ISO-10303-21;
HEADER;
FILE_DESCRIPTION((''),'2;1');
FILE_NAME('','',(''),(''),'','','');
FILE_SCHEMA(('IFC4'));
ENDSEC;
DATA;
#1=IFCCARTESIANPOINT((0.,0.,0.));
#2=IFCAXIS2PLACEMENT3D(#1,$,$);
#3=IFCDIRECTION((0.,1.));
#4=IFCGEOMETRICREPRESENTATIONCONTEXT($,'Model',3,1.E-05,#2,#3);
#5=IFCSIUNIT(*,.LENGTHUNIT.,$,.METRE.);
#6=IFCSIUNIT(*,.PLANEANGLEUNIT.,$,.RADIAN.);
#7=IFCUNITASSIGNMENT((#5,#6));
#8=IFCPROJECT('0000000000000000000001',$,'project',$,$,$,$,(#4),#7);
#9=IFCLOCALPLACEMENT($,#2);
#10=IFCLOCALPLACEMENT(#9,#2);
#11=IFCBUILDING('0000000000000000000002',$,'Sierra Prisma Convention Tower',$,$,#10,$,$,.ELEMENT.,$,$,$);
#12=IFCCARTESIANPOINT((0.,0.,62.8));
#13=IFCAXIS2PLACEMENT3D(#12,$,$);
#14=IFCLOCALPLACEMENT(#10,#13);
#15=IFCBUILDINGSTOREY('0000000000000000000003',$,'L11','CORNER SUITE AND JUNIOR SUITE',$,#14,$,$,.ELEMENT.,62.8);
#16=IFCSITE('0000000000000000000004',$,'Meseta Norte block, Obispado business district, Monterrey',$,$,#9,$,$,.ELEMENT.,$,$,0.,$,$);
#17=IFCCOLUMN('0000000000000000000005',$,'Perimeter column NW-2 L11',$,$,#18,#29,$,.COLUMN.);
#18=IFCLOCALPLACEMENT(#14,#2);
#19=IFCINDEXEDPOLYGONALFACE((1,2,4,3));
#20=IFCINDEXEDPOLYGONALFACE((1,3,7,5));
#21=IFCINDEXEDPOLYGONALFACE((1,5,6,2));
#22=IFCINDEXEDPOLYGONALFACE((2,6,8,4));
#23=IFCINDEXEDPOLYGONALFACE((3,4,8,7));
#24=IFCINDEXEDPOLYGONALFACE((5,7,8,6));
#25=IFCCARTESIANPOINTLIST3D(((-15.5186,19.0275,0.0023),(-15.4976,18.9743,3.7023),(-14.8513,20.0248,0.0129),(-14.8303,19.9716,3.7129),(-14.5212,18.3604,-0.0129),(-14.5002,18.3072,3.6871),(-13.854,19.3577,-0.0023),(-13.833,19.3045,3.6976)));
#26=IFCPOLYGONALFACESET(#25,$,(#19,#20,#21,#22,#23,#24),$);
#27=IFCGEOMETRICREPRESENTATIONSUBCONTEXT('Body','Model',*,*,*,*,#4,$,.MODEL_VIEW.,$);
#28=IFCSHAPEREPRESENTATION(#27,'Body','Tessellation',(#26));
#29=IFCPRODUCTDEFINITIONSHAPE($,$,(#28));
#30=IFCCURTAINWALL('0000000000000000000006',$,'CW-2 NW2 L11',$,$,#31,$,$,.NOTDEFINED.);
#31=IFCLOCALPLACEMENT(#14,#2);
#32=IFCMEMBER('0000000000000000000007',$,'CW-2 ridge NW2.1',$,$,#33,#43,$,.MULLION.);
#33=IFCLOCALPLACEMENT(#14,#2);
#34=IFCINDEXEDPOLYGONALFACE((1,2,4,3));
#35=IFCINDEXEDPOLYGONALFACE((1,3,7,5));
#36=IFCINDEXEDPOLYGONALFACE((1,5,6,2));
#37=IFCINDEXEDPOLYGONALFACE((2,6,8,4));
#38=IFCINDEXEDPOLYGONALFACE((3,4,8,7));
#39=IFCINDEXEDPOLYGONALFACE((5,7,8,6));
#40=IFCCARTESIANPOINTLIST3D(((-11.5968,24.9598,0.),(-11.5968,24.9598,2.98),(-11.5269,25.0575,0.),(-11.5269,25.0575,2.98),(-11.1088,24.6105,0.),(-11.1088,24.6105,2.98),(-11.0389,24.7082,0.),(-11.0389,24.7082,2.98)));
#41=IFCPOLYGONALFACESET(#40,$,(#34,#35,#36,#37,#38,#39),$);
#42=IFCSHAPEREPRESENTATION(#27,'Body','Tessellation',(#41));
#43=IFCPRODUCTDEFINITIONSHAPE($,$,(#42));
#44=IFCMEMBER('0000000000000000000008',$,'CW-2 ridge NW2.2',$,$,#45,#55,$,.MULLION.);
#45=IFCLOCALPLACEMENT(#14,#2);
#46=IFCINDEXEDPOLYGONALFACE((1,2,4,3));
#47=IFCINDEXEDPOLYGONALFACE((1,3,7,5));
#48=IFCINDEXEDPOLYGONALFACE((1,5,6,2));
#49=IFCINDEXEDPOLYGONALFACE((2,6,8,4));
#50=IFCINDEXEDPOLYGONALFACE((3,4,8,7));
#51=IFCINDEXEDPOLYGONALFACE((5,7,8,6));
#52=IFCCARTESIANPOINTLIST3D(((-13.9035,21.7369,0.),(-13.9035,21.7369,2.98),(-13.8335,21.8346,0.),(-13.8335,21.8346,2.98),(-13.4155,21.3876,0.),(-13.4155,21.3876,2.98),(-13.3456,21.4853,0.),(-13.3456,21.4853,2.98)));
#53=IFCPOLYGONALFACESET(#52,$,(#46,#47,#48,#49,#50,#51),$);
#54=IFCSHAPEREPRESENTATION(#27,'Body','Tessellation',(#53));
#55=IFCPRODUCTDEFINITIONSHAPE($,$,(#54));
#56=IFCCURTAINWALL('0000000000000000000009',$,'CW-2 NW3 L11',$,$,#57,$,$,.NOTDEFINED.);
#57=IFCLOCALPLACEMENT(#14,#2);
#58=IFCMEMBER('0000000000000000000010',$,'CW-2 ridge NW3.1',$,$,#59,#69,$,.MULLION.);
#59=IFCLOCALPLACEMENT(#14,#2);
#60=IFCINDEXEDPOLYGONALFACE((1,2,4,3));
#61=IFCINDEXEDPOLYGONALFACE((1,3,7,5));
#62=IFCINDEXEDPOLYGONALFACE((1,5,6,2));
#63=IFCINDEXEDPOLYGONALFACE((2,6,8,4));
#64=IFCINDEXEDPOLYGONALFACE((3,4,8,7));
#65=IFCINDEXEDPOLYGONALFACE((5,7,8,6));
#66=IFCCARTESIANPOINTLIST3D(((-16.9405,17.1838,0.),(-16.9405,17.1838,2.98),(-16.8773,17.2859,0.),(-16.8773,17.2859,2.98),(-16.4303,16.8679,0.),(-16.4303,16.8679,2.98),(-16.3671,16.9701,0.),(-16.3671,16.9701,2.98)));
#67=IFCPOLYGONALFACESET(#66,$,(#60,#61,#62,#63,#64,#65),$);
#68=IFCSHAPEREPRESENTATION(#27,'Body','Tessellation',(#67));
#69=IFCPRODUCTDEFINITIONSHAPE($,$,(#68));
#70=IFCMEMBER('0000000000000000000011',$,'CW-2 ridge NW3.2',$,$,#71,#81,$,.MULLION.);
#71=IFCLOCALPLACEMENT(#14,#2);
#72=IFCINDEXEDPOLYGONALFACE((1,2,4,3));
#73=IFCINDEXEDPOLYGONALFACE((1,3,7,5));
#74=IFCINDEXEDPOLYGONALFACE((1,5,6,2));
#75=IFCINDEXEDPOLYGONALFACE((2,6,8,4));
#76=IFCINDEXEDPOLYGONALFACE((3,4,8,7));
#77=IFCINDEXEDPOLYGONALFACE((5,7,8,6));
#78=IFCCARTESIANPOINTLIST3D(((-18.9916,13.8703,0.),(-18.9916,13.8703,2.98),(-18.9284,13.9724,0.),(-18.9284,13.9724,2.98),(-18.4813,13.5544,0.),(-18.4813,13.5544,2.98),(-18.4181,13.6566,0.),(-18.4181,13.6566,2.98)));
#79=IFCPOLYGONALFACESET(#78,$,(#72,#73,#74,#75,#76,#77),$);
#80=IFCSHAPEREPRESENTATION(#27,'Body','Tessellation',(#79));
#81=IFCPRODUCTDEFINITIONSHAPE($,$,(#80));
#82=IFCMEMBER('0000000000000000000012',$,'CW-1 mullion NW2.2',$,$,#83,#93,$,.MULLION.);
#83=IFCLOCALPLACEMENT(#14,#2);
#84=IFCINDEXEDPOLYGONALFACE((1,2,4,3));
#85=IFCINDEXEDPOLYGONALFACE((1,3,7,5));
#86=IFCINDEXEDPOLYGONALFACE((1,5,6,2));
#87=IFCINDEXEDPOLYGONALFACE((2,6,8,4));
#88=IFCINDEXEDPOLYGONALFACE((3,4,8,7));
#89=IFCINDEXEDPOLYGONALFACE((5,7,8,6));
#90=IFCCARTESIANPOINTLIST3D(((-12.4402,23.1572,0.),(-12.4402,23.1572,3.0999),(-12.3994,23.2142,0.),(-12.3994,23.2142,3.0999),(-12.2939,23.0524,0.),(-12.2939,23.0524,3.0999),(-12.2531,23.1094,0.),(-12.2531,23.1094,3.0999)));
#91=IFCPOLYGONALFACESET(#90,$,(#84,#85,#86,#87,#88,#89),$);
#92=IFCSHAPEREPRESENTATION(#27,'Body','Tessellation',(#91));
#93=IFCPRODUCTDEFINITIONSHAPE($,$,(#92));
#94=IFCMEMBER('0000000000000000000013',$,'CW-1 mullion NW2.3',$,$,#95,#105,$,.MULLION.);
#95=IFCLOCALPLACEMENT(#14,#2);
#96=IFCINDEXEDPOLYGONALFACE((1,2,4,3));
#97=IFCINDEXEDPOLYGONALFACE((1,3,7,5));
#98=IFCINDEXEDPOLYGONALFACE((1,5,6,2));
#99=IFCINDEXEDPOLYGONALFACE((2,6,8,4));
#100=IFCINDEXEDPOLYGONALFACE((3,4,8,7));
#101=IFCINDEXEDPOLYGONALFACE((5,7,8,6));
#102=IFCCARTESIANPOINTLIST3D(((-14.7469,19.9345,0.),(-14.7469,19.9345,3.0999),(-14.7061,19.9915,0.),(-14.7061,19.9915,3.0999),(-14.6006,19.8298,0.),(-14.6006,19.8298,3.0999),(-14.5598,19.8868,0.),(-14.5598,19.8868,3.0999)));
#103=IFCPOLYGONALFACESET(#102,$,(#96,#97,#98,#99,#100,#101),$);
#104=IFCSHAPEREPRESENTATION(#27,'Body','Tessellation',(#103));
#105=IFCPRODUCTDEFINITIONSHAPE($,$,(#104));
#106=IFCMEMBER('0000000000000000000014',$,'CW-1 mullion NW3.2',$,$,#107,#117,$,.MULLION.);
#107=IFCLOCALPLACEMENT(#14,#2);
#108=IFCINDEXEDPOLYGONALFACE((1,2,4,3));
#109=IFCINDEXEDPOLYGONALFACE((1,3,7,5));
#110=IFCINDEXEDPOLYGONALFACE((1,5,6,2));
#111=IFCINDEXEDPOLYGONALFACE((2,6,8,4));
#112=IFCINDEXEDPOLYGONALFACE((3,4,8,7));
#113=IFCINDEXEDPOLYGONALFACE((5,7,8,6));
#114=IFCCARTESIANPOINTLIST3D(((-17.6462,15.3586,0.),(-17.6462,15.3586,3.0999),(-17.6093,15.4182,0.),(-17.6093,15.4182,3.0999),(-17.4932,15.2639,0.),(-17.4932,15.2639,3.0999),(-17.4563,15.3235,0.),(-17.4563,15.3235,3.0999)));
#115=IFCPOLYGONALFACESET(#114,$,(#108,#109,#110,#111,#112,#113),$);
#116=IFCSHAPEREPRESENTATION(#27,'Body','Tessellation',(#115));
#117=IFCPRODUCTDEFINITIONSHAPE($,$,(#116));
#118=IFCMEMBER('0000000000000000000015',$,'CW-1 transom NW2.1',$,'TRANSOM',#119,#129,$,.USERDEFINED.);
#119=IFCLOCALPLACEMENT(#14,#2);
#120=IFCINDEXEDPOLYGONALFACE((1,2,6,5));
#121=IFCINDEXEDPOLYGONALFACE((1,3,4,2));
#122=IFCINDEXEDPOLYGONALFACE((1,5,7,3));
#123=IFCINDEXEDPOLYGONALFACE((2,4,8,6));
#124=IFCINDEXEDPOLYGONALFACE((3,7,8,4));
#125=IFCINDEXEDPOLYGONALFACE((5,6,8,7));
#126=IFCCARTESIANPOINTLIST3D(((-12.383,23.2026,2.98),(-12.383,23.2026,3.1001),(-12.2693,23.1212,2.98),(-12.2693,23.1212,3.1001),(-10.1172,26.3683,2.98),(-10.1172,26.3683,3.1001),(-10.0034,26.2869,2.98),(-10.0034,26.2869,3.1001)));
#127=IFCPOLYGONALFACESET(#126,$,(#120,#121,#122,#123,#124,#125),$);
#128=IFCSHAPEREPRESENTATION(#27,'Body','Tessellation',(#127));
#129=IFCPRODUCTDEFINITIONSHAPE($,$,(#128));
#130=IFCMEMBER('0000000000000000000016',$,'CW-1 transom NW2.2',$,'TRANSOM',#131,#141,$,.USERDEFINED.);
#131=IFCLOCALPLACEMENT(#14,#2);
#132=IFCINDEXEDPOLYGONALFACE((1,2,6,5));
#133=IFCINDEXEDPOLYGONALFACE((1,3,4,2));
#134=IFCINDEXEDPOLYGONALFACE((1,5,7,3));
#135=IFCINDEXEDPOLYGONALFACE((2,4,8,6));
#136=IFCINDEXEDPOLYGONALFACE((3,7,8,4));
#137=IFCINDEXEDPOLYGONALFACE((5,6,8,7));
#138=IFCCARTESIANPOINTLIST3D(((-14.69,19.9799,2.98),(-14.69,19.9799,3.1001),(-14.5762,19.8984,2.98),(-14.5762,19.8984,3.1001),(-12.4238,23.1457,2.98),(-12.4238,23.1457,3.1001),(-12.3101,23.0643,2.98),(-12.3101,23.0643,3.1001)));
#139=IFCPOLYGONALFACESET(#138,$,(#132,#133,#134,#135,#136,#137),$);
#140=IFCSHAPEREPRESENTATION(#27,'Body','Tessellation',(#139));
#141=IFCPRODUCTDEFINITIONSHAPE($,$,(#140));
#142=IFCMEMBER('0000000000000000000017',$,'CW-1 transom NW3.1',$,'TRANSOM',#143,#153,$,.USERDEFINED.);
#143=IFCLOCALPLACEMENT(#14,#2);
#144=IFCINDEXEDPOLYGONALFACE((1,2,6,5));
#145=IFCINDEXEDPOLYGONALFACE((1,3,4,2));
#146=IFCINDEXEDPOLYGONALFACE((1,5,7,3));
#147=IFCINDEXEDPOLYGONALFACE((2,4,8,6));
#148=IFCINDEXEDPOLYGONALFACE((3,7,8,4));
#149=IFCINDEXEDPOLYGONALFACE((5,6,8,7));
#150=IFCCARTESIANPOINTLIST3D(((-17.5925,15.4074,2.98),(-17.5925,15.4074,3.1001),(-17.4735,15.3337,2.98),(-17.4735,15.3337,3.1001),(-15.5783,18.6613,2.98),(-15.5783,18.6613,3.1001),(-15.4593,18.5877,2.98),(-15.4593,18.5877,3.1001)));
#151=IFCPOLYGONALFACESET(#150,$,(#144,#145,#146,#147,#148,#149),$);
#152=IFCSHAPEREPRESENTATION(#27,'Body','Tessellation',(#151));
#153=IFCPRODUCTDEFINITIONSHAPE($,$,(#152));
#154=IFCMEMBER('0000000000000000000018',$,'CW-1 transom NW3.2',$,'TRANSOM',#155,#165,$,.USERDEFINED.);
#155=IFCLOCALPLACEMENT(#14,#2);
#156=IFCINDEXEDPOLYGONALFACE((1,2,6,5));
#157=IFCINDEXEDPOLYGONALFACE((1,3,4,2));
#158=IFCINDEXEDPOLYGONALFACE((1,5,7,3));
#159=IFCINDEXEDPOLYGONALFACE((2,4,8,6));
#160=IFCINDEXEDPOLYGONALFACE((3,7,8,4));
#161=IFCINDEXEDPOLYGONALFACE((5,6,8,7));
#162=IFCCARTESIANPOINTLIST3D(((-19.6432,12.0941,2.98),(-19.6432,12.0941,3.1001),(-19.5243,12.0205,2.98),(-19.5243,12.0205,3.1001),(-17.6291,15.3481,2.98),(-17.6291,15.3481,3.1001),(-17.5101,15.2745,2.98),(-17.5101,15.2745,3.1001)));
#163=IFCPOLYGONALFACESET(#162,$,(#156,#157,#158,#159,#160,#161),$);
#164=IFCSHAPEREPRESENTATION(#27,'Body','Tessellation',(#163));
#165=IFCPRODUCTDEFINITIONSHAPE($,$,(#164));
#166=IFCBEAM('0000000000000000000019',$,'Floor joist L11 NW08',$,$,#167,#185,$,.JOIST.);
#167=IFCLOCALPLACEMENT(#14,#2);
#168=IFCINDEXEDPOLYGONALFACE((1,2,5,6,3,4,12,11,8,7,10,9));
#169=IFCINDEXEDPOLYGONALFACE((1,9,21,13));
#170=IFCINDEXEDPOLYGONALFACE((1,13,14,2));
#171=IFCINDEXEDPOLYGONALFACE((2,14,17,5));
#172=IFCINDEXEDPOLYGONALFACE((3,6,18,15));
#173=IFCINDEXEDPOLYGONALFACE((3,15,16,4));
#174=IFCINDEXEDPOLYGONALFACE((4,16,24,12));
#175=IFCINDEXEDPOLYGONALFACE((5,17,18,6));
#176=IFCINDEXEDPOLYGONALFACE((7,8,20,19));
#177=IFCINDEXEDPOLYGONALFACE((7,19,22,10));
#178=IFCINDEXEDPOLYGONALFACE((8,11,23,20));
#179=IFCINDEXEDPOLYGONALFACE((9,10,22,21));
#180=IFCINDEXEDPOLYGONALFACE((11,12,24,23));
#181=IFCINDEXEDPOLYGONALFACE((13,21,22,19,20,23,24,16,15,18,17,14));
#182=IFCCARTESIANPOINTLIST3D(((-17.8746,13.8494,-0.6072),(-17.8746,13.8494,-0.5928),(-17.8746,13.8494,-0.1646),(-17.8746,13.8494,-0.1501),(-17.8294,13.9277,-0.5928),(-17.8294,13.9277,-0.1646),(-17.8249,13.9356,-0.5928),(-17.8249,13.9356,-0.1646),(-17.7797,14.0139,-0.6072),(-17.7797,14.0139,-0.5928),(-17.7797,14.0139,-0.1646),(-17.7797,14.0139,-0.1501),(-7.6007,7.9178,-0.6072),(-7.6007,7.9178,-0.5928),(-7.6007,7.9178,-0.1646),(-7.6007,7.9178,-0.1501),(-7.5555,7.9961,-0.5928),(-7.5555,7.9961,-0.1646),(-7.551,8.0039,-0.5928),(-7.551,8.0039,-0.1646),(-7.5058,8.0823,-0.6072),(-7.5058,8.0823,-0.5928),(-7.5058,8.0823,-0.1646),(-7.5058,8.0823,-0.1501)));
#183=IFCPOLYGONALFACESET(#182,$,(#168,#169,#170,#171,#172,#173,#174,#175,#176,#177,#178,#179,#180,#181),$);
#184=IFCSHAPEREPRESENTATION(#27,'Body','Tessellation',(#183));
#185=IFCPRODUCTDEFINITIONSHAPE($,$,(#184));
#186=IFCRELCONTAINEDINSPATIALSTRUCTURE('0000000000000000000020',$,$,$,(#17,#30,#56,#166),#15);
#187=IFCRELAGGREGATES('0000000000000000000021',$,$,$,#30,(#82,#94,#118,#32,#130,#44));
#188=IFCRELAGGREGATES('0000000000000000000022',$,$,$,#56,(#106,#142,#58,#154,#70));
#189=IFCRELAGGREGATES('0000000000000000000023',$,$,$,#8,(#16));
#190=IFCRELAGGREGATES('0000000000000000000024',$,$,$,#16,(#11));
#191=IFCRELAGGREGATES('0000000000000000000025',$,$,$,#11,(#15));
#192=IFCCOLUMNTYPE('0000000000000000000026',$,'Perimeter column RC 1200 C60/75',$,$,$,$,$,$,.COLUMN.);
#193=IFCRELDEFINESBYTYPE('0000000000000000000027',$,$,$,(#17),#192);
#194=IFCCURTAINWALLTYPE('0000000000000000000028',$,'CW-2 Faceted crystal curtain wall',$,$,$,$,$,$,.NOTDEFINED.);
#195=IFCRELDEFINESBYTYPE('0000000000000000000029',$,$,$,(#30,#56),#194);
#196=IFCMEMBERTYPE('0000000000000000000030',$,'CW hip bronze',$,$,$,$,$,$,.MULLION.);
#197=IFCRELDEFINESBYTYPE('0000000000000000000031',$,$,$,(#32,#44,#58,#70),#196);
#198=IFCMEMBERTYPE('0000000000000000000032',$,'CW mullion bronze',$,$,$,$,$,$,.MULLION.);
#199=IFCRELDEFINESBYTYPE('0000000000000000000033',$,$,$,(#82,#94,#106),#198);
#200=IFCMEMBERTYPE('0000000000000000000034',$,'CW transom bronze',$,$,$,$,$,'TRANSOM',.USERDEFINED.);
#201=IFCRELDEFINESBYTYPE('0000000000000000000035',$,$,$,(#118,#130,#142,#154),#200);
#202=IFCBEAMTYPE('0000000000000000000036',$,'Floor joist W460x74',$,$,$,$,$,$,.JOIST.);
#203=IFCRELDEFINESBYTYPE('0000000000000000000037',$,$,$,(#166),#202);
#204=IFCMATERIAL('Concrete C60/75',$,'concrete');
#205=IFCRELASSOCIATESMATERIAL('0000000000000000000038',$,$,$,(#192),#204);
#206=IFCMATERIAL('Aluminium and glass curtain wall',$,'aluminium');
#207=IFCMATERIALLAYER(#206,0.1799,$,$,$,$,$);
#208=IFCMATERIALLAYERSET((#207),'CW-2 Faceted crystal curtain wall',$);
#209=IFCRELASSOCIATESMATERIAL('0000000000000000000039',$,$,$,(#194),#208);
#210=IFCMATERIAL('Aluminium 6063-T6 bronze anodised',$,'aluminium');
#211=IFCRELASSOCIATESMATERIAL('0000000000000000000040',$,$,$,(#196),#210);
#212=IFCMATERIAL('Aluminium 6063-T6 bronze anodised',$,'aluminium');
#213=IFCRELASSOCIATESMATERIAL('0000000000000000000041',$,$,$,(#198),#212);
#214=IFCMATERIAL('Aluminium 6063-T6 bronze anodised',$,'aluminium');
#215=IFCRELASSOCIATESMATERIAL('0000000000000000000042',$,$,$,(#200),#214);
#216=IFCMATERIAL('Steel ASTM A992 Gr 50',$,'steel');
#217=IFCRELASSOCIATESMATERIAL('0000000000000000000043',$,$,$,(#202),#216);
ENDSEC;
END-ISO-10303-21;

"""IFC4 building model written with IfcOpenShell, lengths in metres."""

from ifc_helpers import new_model, si_unit, direction, frame, origin, origin_2d, place, context, subcontext, project, spatial, rectangle, i_section, extrude, material, layer, layer_set, material_profile, profile_set, type_object, element, aggregate, save


model = new_model("IFC4")

# Units and contexts
model_context = context("Model", 3, precision=1e-05, world=origin(), true_north=direction((0.0, 1.0)))
body_context = subcontext(model_context, "Body", "Model", "MODEL_VIEW")
ifc_project = project(units=[si_unit("LENGTHUNIT", "METRE"), si_unit("PLANEANGLEUNIT", "RADIAN")], contexts=[model_context])

# Site, building, storey
site_placement = place(None, origin())
site = spatial("IfcSite", under=ifc_project, at=site_placement, Name="Meseta Norte block, Obispado business district, Monterrey", CompositionType="ELEMENT", RefElevation=0.0)
building_placement = place(site_placement, origin())
building = spatial("IfcBuilding", under=site, at=building_placement, Name="Sierra Prisma Convention Tower", CompositionType="ELEMENT")
storey_placement = place(building_placement, frame((0.0, 0.0, 62.8)))
storey = spatial("IfcBuildingStorey", under=building, at=storey_placement, Name="L11", Description="CORNER SUITE AND JUNIOR SUITE", CompositionType="ELEMENT", Elevation=62.8)

# Column
ifc_material_1 = material(Name="Concrete C60/75", Category="concrete")
ifc_material_profile_1 = material_profile(ifc_material_1, rectangle(XDim=1.2, YDim=1.2, at=origin_2d()), Name="Perimeter column RC 1200 C60/75")
ifc_profile_set_1 = profile_set([ifc_material_profile_1], Name="Concrete C60/75")
column_type = type_object("IfcColumnType", Name="Perimeter column RC 1200 C60/75", PredefinedType="COLUMN", material=ifc_profile_set_1)
column_placement = place(storey_placement, frame((-14.6863, 19.1926, 0.0), z_axis=(0.005674, -0.014383, 0.99988), x_axis=(0.556043, 0.831107, 0.0088)))
element("IfcColumn", 1, at=column_placement, inside=storey, type_object=column_type, Name="Perimeter column NW-2 L11", PredefinedType="COLUMN", context=body_context, shape_type="SweptSolid", body=[
    extrude(rectangle(XDim=1.2, YDim=1.2, at=origin_2d()), origin(), (0.0, 0.0, 1.0), 3.7004),
])

# Curtain walls, members
ifc_material_2 = material(Name="Aluminium and glass curtain wall", Category="aluminium")
ifc_layer_1 = layer(ifc_material_2, 0.1799)
ifc_layer_set_1 = layer_set([ifc_layer_1], Name="CW-2 Faceted crystal curtain wall")
curtain_wall_type = type_object("IfcCurtainWallType", Name="CW-2 Faceted crystal curtain wall", PredefinedType="NOTDEFINED", material=ifc_layer_set_1)
curtain_wall_1_placement = place(storey_placement, origin())
curtain_wall_1 = element("IfcCurtainWall", 2, at=curtain_wall_1_placement, inside=storey, type_object=curtain_wall_type, Name="CW-2 NW2 L11", PredefinedType="NOTDEFINED")
ifc_material_3 = material(Name="Aluminium 6063-T6 bronze anodised", Category="aluminium")
ifc_material_profile_2 = material_profile(ifc_material_3, rectangle(XDim=0.1201, YDim=0.6001, at=origin_2d()), Name="ALU RIDGE BLADE 120x600")
ifc_profile_set_2 = profile_set([ifc_material_profile_2], Name="Aluminium 6063-T6 bronze anodised")
member_type_1 = type_object("IfcMemberType", Name="CW hip bronze", PredefinedType="MULLION", material=ifc_profile_set_2)
member_1_placement = place(storey_placement, frame((-11.3179, 24.834, 0.0), z_axis=(0.0, 0.0, 1.0), x_axis=(-0.582035, -0.813163, 0.0)))
member_1 = element("IfcMember", 3, at=member_1_placement, type_object=member_type_1, Name="CW-2 ridge NW2.1", PredefinedType="MULLION", context=body_context, shape_type="SweptSolid", body=[
    extrude(rectangle(XDim=0.1201, YDim=0.6001, at=origin_2d()), origin(), (0.0, 0.0, 1.0), 2.98),
])
member_2_placement = place(storey_placement, frame((-13.6245, 21.6111, 0.0), z_axis=(0.0, 0.0, 1.0), x_axis=(-0.582035, -0.813163, 0.0)))
member_2 = element("IfcMember", 4, at=member_2_placement, type_object=member_type_1, Name="CW-2 ridge NW2.2", PredefinedType="MULLION", context=body_context, shape_type="SweptSolid", body=[
    extrude(rectangle(XDim=0.1201, YDim=0.6001, at=origin_2d()), origin(), (0.0, 0.0, 1.0), 2.98),
])
curtain_wall_2_placement = place(storey_placement, origin())
curtain_wall_2 = element("IfcCurtainWall", 5, at=curtain_wall_2_placement, inside=storey, type_object=curtain_wall_type, Name="CW-2 NW3 L11", PredefinedType="NOTDEFINED")
member_3_placement = place(storey_placement, frame((-16.6538, 17.0769, 0.0), z_axis=(0.0, 0.0, 1.0), x_axis=(-0.526314, -0.85029, 0.0)))
member_3 = element("IfcMember", 6, at=member_3_placement, type_object=member_type_1, Name="CW-2 ridge NW3.1", PredefinedType="MULLION", context=body_context, shape_type="SweptSolid", body=[
    extrude(rectangle(XDim=0.1201, YDim=0.6001, at=origin_2d()), origin(), (0.0, 0.0, 1.0), 2.98),
])
member_4_placement = place(storey_placement, frame((-18.7048, 13.7634, 0.0), z_axis=(0.0, 0.0, 1.0), x_axis=(-0.526314, -0.85029, 0.0)))
member_4 = element("IfcMember", 7, at=member_4_placement, type_object=member_type_1, Name="CW-2 ridge NW3.2", PredefinedType="MULLION", context=body_context, shape_type="SweptSolid", body=[
    extrude(rectangle(XDim=0.1201, YDim=0.6001, at=origin_2d()), origin(), (0.0, 0.0, 1.0), 2.98),
])

# Members
ifc_material_4 = material(Name="Aluminium 6063-T6 bronze anodised", Category="aluminium")
ifc_material_profile_3 = material_profile(ifc_material_4, rectangle(XDim=0.1799, YDim=0.0701, at=origin_2d()), Name="ALU MULLION 70x180")
ifc_profile_set_3 = profile_set([ifc_material_profile_3], Name="Aluminium 6063-T6 bronze anodised")
member_type_2 = type_object("IfcMemberType", Name="CW mullion bronze", PredefinedType="MULLION", material=ifc_profile_set_3)
member_5_placement = place(storey_placement, frame((-12.3467, 23.1333, 0.0), z_axis=(0.0, 0.0, 1.0), x_axis=(0.813163, -0.582035, 0.0)))
member_5 = element("IfcMember", 8, at=member_5_placement, type_object=member_type_2, Name="CW-1 mullion NW2.2", PredefinedType="MULLION", context=body_context, shape_type="SweptSolid", body=[
    extrude(rectangle(XDim=0.1799, YDim=0.0701, at=origin_2d()), origin(), (0.0, 0.0, 1.0), 3.0999),
])
member_6_placement = place(storey_placement, frame((-14.6533, 19.9106, 0.0), z_axis=(0.0, 0.0, 1.0), x_axis=(0.813163, -0.582035, 0.0)))
member_6 = element("IfcMember", 9, at=member_6_placement, type_object=member_type_2, Name="CW-1 mullion NW2.3", PredefinedType="MULLION", context=body_context, shape_type="SweptSolid", body=[
    extrude(rectangle(XDim=0.1799, YDim=0.0701, at=origin_2d()), origin(), (0.0, 0.0, 1.0), 3.0999),
])
member_7_placement = place(storey_placement, frame((-17.5513, 15.3411, 0.0), z_axis=(0.0, 0.0, 1.0), x_axis=(0.85029, -0.526314, 0.0)))
member_7 = element("IfcMember", 10, at=member_7_placement, type_object=member_type_2, Name="CW-1 mullion NW3.2", PredefinedType="MULLION", context=body_context, shape_type="SweptSolid", body=[
    extrude(rectangle(XDim=0.1799, YDim=0.0701, at=origin_2d()), origin(), (0.0, 0.0, 1.0), 3.0999),
])
ifc_material_5 = material(Name="Aluminium 6063-T6 bronze anodised", Category="aluminium")
ifc_material_profile_4 = material_profile(ifc_material_5, rectangle(XDim=0.1399, YDim=0.1201, at=origin_2d()), Name="ALU TRANSOM 120x140")
ifc_profile_set_4 = profile_set([ifc_material_profile_4], Name="Aluminium 6063-T6 bronze anodised")
member_type_3 = type_object("IfcMemberType", Name="CW transom bronze", ElementType="TRANSOM", PredefinedType="USERDEFINED", material=ifc_profile_set_4)
member_8_placement = place(storey_placement, frame((-10.0603, 26.3276, 3.04), z_axis=(-0.582021, -0.813174, 0.0), x_axis=(0.813174, -0.582021, 0.0)))
member_8 = element("IfcMember", 11, at=member_8_placement, type_object=member_type_3, Name="CW-1 transom NW2.1", ObjectType="TRANSOM", PredefinedType="USERDEFINED", context=body_context, shape_type="SweptSolid", body=[
    extrude(rectangle(XDim=0.1399, YDim=0.1201, at=origin_2d()), origin(), (0.0, 0.0, 1.0), 3.8931),
])
member_9_placement = place(storey_placement, frame((-12.3669, 23.105, 3.04), z_axis=(-0.582062, -0.813144, 0.0), x_axis=(0.813144, -0.582062, 0.0)))
member_9 = element("IfcMember", 12, at=member_9_placement, type_object=member_type_3, Name="CW-1 transom NW2.2", ObjectType="TRANSOM", PredefinedType="USERDEFINED", context=body_context, shape_type="SweptSolid", body=[
    extrude(rectangle(XDim=0.1399, YDim=0.1201, at=origin_2d()), origin(), (0.0, 0.0, 1.0), 3.8933),
])
member_10_placement = place(storey_placement, frame((-15.5188, 18.6245, 3.04), z_axis=(-0.526324, -0.850284, 0.0), x_axis=(0.850284, -0.526324, 0.0)))
member_10 = element("IfcMember", 13, at=member_10_placement, type_object=member_type_3, Name="CW-1 transom NW3.1", ObjectType="TRANSOM", PredefinedType="USERDEFINED", context=body_context, shape_type="SweptSolid", body=[
    extrude(rectangle(XDim=0.1399, YDim=0.1201, at=origin_2d()), origin(), (0.0, 0.0, 1.0), 3.8269),
])
member_11_placement = place(storey_placement, frame((-17.5696, 15.3113, 3.04), z_axis=(-0.526324, -0.850284, 0.0), x_axis=(0.850284, -0.526324, 0.0)))
member_11 = element("IfcMember", 14, at=member_11_placement, type_object=member_type_3, Name="CW-1 transom NW3.2", ObjectType="TRANSOM", PredefinedType="USERDEFINED", context=body_context, shape_type="SweptSolid", body=[
    extrude(rectangle(XDim=0.1399, YDim=0.1201, at=origin_2d()), origin(), (0.0, 0.0, 1.0), 3.8269),
])

# Beam
ifc_material_6 = material(Name="Steel ASTM A992 Gr 50", Category="steel")
ifc_material_profile_5 = material_profile(ifc_material_6, i_section(OverallWidth=0.1899, OverallDepth=0.457, WebThickness=0.009, FlangeThickness=0.0144, at=origin_2d()), Name="W460x74")
ifc_profile_set_5 = profile_set([ifc_material_profile_5], Name="Steel ASTM A992 Gr 50")
beam_type_1 = type_object("IfcBeamType", Name="Floor joist W460x74", PredefinedType="JOIST", material=ifc_profile_set_5)
beam_1_placement = place(storey_placement, frame((-17.8271, 13.9316, -0.3787), z_axis=(0.866026, -0.499999, 0.0), x_axis=(0.499999, 0.866026, 0.0)))
element("IfcBeam", 15, at=beam_1_placement, inside=storey, type_object=beam_type_1, Name="Floor joist L11 NW08", PredefinedType="JOIST", context=body_context, shape_type="SweptSolid", body=[
    extrude(i_section(OverallWidth=0.1899, OverallDepth=0.457, WebThickness=0.009, FlangeThickness=0.0144, at=origin_2d()), origin(), (0.0, 0.0, 1.0), 11.8633),
])

aggregate(curtain_wall_1, [member_5, member_6, member_8, member_1, member_9, member_2])
aggregate(curtain_wall_2, [member_7, member_10, member_3, member_11, member_4])

save(model, "model.ifc")
